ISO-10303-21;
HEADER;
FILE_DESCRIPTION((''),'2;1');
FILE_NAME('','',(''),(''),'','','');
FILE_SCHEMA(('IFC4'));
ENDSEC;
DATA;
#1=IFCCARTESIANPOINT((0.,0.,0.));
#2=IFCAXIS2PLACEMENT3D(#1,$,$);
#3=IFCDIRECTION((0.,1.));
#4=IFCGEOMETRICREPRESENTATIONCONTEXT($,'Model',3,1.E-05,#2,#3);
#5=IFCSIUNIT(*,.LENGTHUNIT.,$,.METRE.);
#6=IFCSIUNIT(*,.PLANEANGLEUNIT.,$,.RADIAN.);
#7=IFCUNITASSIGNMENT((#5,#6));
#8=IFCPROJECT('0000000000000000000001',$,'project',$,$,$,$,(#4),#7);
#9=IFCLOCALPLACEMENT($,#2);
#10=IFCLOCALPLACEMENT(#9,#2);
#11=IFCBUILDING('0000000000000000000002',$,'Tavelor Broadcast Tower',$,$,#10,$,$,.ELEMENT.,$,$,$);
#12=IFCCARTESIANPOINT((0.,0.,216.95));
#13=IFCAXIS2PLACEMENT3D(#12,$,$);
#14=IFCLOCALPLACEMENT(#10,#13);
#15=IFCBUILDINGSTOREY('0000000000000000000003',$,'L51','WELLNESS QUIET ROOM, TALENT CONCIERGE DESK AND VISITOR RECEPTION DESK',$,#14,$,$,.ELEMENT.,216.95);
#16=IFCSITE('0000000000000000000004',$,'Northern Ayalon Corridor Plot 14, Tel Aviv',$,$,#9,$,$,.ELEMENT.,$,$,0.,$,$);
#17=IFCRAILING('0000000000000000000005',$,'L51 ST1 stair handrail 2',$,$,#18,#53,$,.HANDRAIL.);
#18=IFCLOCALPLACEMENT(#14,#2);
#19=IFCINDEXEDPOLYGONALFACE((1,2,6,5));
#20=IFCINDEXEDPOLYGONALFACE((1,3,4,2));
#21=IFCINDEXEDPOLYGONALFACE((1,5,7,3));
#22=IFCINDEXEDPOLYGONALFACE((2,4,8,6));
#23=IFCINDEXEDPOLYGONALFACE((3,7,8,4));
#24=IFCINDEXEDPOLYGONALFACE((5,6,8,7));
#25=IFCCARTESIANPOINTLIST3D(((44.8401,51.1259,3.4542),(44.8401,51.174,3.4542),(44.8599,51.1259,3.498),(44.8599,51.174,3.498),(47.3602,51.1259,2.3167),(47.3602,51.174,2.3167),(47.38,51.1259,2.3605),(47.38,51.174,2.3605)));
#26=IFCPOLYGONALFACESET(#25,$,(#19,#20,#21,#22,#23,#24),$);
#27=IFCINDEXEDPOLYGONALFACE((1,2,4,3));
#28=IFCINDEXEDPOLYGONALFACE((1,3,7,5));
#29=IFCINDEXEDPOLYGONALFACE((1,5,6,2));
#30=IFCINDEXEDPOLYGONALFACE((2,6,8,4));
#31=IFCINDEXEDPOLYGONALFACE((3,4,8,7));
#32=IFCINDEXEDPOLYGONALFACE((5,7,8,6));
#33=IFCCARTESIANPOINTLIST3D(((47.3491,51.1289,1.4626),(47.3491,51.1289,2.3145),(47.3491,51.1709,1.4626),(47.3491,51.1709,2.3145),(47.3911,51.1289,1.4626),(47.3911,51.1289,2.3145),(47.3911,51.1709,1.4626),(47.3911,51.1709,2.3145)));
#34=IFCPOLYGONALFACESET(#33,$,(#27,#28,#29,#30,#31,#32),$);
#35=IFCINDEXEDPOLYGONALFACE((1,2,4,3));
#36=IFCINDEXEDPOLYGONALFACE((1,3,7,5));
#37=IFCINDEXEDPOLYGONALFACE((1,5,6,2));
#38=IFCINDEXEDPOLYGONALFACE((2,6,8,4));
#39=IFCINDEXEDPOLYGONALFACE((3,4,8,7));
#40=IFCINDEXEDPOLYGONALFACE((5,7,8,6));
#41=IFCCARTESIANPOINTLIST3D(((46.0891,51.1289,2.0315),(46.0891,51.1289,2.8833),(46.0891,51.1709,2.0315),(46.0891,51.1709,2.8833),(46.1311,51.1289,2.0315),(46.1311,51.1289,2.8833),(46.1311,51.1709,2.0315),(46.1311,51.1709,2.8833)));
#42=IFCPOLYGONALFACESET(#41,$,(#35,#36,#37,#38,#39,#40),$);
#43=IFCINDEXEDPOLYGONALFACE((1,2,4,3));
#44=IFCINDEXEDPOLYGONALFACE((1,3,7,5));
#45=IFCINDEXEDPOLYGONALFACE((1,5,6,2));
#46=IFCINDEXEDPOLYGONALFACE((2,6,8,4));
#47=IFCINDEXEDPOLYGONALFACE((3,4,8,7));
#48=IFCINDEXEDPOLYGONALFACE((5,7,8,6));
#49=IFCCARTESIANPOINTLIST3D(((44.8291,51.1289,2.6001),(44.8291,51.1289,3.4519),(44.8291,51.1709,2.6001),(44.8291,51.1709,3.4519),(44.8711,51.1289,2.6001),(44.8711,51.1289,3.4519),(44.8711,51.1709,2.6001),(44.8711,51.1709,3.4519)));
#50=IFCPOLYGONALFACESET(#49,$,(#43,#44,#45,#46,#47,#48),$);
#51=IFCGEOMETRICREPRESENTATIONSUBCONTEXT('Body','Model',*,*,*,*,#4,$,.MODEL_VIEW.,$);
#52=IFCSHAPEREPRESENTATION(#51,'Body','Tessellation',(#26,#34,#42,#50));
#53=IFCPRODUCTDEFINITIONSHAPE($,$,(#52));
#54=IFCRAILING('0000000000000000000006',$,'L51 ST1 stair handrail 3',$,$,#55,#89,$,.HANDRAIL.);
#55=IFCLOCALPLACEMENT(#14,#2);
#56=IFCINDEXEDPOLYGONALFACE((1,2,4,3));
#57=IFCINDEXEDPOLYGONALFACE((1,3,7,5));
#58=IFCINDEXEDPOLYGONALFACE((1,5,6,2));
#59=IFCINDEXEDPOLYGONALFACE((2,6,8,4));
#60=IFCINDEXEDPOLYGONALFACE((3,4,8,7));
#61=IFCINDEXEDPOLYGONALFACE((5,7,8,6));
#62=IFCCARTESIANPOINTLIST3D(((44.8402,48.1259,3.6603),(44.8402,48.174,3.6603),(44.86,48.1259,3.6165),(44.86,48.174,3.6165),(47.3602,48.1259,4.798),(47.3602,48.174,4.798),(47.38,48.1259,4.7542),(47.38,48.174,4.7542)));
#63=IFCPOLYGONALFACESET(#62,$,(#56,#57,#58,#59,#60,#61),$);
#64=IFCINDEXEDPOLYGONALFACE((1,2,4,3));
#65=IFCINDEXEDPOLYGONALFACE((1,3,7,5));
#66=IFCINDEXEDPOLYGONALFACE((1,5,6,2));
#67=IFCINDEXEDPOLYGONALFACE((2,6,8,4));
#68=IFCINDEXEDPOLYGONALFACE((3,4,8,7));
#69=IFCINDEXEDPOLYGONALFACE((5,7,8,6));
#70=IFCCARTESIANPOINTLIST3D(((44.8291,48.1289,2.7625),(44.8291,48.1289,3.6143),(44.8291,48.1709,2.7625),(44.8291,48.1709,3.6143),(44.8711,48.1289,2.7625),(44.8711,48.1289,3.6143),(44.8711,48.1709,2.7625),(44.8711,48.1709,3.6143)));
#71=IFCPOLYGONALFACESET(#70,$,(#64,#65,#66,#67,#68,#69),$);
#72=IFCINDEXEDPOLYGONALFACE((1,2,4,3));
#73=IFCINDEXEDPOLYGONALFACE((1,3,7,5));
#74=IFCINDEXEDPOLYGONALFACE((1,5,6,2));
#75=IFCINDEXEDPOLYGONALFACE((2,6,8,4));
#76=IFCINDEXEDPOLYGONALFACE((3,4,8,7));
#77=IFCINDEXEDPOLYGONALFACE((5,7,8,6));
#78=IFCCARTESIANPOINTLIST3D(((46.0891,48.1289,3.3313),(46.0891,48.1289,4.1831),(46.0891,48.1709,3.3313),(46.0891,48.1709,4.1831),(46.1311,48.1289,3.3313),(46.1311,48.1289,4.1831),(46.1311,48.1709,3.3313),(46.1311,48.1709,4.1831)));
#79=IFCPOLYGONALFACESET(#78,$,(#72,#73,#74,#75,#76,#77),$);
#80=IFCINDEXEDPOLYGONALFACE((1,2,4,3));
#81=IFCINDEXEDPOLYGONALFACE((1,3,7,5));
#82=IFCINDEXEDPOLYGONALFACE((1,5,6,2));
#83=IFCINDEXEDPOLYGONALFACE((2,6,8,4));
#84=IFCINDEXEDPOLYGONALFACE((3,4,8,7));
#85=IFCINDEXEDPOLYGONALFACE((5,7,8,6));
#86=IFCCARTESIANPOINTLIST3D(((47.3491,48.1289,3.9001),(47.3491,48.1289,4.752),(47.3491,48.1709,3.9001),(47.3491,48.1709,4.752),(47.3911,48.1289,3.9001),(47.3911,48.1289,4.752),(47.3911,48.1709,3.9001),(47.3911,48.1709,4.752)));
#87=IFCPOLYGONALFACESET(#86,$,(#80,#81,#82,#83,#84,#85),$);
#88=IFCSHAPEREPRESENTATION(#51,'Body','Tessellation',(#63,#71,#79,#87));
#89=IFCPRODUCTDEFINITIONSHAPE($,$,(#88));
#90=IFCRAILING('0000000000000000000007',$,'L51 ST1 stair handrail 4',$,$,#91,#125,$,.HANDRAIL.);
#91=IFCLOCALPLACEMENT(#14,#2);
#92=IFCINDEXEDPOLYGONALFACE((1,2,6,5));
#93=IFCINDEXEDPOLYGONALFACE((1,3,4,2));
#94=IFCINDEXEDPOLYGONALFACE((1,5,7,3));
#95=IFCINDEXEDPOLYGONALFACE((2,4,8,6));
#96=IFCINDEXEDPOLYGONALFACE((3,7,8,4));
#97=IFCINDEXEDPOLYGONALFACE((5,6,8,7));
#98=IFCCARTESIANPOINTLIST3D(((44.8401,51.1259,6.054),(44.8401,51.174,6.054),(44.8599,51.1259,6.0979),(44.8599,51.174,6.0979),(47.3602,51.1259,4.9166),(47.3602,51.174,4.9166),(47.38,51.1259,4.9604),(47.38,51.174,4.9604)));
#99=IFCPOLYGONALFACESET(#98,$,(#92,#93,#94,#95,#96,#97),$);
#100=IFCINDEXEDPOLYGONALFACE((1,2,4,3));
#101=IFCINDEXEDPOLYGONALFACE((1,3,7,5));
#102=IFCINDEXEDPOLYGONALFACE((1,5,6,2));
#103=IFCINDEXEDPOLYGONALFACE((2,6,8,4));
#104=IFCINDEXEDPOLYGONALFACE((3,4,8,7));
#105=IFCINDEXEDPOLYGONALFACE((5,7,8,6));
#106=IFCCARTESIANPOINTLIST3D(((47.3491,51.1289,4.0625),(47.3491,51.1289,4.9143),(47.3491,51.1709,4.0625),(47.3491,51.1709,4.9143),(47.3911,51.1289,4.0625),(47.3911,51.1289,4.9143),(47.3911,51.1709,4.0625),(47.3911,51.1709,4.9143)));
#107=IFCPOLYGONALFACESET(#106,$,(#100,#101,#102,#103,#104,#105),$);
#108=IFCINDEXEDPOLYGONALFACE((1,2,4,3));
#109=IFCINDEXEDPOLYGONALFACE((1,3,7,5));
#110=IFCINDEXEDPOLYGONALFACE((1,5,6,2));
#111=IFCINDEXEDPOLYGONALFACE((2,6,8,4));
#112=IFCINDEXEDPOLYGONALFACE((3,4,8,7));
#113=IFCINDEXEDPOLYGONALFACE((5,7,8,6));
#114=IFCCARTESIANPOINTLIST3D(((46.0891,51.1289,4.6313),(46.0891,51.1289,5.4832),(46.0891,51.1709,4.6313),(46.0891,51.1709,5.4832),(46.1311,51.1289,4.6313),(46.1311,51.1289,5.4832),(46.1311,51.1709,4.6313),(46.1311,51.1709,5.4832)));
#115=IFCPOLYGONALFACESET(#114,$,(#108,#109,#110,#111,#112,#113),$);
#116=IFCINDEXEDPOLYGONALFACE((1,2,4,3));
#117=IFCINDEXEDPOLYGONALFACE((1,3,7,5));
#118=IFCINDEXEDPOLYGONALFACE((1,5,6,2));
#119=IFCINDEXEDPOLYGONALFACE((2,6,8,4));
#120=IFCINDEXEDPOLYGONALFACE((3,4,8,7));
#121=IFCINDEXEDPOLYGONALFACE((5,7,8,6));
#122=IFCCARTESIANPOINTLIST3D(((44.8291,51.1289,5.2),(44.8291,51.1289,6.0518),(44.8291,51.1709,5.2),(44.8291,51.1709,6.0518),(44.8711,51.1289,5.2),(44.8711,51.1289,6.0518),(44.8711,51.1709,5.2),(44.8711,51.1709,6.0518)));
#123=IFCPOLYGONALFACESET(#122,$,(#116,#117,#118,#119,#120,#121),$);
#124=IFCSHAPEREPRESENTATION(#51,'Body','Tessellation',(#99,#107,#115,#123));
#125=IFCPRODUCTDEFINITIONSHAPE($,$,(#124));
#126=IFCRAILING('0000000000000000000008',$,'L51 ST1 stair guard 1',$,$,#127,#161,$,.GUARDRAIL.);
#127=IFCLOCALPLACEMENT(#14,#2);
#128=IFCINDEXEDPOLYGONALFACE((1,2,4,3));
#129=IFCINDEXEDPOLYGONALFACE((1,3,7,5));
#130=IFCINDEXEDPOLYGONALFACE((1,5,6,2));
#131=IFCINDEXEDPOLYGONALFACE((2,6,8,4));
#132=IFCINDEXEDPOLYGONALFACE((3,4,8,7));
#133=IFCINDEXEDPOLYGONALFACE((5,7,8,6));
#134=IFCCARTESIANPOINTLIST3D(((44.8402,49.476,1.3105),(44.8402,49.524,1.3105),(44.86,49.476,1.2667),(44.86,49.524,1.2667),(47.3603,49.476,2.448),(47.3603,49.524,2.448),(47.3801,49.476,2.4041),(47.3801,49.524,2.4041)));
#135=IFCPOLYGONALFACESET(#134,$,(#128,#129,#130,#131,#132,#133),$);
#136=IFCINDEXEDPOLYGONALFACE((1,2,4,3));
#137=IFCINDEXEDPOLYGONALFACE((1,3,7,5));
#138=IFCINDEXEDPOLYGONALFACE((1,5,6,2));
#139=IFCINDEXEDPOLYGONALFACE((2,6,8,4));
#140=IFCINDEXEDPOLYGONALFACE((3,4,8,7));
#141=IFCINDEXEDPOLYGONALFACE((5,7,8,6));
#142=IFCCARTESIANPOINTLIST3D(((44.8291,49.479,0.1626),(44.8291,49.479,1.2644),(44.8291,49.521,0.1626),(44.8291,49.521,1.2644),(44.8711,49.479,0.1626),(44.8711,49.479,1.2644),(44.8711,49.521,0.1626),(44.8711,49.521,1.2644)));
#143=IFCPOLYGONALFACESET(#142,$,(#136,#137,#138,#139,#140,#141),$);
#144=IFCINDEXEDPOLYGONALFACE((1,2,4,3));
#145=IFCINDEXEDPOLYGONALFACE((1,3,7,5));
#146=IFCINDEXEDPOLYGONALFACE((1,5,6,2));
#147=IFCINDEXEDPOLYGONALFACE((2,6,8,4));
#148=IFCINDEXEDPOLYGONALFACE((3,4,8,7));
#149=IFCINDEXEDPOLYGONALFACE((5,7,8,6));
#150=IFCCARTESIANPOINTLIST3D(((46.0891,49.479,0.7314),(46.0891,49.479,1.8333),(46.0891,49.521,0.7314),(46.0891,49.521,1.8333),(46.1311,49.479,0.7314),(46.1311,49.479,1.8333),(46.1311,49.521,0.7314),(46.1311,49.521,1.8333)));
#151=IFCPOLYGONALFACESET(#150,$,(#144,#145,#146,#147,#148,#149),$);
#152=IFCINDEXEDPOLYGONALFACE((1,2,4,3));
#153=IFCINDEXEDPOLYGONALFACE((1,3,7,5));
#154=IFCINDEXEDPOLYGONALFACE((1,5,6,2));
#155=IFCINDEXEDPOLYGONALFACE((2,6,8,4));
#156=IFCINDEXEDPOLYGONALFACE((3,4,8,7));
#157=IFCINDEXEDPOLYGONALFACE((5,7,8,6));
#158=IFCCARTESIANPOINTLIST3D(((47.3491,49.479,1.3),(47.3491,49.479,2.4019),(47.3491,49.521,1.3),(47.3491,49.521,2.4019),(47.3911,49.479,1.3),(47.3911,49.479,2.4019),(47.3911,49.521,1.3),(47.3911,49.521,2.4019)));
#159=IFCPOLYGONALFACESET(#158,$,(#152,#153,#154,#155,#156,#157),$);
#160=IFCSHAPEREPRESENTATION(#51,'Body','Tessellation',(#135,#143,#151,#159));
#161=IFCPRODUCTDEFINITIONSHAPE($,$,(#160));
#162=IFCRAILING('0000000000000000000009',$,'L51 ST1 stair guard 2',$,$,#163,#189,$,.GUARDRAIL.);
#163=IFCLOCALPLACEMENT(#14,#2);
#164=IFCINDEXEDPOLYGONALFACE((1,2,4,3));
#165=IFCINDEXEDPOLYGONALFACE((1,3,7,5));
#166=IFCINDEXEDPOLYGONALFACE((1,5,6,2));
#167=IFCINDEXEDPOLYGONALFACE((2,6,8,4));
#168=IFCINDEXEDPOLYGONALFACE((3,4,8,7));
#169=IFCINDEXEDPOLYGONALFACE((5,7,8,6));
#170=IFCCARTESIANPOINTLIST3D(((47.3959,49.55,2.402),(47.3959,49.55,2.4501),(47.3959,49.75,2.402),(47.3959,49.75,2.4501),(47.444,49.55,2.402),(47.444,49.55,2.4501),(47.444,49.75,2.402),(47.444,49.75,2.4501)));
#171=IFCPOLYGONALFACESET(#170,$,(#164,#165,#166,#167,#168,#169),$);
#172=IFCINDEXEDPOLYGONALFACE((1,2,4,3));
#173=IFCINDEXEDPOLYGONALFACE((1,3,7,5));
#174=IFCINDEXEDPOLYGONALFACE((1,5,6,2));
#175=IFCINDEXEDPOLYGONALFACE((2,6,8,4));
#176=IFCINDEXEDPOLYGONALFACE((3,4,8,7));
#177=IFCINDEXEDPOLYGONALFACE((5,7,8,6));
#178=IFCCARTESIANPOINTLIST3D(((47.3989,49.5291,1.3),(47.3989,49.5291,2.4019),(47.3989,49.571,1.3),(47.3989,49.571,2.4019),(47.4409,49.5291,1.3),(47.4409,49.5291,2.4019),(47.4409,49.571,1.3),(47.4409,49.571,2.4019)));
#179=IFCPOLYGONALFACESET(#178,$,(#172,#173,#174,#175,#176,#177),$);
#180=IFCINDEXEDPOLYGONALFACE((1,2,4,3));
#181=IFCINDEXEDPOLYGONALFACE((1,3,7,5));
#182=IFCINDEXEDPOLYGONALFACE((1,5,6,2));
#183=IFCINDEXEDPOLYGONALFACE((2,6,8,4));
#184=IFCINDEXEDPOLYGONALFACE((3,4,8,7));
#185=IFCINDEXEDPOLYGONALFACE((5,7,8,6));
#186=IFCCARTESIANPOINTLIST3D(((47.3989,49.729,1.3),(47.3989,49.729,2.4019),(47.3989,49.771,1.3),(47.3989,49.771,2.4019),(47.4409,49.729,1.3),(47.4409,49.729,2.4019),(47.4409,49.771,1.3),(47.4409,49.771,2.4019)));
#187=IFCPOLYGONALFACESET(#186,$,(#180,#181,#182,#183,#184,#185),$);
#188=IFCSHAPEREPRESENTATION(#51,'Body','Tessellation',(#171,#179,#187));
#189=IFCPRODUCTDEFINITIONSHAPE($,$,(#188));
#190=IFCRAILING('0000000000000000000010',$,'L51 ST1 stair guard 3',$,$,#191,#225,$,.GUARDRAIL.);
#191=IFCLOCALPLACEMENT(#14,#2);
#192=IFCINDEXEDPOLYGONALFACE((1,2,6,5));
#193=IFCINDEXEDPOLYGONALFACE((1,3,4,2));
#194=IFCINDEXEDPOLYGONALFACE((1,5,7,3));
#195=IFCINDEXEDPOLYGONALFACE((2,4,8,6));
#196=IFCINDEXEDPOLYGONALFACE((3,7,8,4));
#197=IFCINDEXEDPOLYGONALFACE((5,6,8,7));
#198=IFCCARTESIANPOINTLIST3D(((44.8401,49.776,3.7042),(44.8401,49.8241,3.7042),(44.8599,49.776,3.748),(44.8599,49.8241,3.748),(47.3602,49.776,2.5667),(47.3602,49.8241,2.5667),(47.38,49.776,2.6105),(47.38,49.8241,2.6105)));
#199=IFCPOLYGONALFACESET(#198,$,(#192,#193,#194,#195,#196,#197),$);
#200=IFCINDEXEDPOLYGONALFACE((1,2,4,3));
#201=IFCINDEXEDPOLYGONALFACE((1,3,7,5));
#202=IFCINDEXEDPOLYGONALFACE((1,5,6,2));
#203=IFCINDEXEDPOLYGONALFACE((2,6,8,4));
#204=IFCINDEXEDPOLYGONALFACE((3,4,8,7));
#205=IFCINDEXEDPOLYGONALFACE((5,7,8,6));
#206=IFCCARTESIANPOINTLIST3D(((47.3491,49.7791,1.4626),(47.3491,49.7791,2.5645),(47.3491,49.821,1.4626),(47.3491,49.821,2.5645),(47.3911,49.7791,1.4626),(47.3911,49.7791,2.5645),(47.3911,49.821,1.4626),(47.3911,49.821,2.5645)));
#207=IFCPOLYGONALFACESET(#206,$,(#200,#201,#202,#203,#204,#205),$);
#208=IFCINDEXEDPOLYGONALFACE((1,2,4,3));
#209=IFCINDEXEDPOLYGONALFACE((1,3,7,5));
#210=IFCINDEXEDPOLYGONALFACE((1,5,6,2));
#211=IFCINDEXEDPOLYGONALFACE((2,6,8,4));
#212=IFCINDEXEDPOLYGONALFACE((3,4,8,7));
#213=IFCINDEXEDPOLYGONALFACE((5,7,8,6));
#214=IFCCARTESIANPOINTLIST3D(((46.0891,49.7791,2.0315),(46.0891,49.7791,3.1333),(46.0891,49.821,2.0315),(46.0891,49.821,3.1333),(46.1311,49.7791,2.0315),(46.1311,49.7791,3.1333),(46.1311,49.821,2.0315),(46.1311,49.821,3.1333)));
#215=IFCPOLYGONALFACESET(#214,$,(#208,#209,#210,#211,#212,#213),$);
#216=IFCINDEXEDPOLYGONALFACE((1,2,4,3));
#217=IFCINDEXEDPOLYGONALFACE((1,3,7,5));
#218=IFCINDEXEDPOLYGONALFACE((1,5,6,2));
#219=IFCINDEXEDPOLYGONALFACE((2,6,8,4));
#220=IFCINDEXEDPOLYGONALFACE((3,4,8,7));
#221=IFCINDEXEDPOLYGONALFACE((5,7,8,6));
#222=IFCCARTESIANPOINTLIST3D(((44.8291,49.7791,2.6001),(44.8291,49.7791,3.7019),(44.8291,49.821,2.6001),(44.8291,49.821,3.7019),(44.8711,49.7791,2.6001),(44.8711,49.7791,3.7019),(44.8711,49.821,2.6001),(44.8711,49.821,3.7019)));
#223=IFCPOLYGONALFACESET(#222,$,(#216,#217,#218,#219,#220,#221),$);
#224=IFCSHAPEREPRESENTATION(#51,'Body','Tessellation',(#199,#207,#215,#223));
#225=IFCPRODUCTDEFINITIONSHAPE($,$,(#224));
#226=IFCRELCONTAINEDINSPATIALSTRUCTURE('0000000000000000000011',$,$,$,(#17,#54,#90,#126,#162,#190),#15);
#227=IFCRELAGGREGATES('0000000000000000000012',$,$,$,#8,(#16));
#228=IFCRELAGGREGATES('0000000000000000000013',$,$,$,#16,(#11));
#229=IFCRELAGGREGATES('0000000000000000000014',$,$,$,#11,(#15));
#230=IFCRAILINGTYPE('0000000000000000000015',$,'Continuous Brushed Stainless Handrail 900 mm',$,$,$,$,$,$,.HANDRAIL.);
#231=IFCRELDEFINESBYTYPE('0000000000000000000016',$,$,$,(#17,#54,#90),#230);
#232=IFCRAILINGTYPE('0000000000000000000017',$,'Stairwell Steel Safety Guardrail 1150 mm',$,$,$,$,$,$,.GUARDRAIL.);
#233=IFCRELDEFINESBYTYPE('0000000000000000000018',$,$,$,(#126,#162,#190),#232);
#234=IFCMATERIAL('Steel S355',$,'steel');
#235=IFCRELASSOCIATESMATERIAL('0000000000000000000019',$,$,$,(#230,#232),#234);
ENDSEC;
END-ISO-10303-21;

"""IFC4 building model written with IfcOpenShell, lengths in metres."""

from ifc_helpers import new_model, si_unit, direction, frame, origin, origin_2d, place, context, subcontext, project, spatial, rectangle, extrude, material, type_object, element, save


model = new_model("IFC4")

# Units and contexts
model_context = context("Model", 3, precision=1e-05, world=origin(), true_north=direction((0.0, 1.0)))
body_context = subcontext(model_context, "Body", "Model", "MODEL_VIEW")
ifc_project = project(units=[si_unit("LENGTHUNIT", "METRE"), si_unit("PLANEANGLEUNIT", "RADIAN")], contexts=[model_context])

# Site, building, storey
site_placement = place(None, origin())
site = spatial("IfcSite", under=ifc_project, at=site_placement, Name="Northern Ayalon Corridor Plot 14, Tel Aviv", CompositionType="ELEMENT", RefElevation=0.0)
building_placement = place(site_placement, origin())
building = spatial("IfcBuilding", under=site, at=building_placement, Name="Tavelor Broadcast Tower", CompositionType="ELEMENT")
storey_placement = place(building_placement, frame((0.0, 0.0, 216.95)))
storey = spatial("IfcBuildingStorey", under=building, at=storey_placement, Name="L51", Description="WELLNESS QUIET ROOM, TALENT CONCIERGE DESK AND VISITOR RECEPTION DESK", CompositionType="ELEMENT", Elevation=216.95)

# Shared definitions
ifc_material_1 = material(Name="Steel S355", Category="steel")

# Railings
railing_type_1 = type_object("IfcRailingType", Name="Continuous Brushed Stainless Handrail 900 mm", PredefinedType="HANDRAIL", material=ifc_material_1)
railing_1_placement = place(storey_placement, frame((47.3701, 51.1499, 1.4626)))
element("IfcRailing", 1, at=railing_1_placement, inside=storey, type_object=railing_type_1, Name="L51 ST1 stair handrail 2", PredefinedType="HANDRAIL", context=body_context, shape_type="SweptSolid", body=[
    extrude(rectangle(XDim=0.0481, YDim=0.0481, at=origin_2d()), frame((0.0, 0.0, 0.876), z_axis=(-0.911455, 0.0, 0.4114), x_axis=(0.0, -1.0, 0.0)), (0.0, 0.0, 1.0), 2.7649),
    extrude(rectangle(XDim=0.042, YDim=0.042, at=origin_2d()), origin(), (0.0, 0.0, 1.0), 0.8518),
    extrude(rectangle(XDim=0.042, YDim=0.042, at=origin_2d()), frame((-1.26, 0.0, 0.5688)), (0.0, 0.0, 1.0), 0.8518),
    extrude(rectangle(XDim=0.042, YDim=0.042, at=origin_2d()), frame((-2.52, 0.0, 1.1375)), (0.0, 0.0, 1.0), 0.8518),
])
railing_2_placement = place(storey_placement, frame((44.8501, 48.1499, 2.7625)))
element("IfcRailing", 2, at=railing_2_placement, inside=storey, type_object=railing_type_1, Name="L51 ST1 stair handrail 3", PredefinedType="HANDRAIL", context=body_context, shape_type="SweptSolid", body=[
    extrude(rectangle(XDim=0.0481, YDim=0.0481, at=origin_2d()), frame((0.0, 0.0, 0.876), z_axis=(0.911422, 0.0, 0.411473), x_axis=(0.0, 1.0, 0.0)), (0.0, 0.0, 1.0), 2.7649),
    extrude(rectangle(XDim=0.042, YDim=0.042, at=origin_2d()), origin(), (0.0, 0.0, 1.0), 0.8518),
    extrude(rectangle(XDim=0.042, YDim=0.042, at=origin_2d()), frame((1.26, 0.0, 0.5688)), (0.0, 0.0, 1.0), 0.8518),
    extrude(rectangle(XDim=0.042, YDim=0.042, at=origin_2d()), frame((2.52, 0.0, 1.1377)), (0.0, 0.0, 1.0), 0.8518),
])
railing_3_placement = place(storey_placement, frame((47.3701, 51.1499, 4.0625)))
element("IfcRailing", 3, at=railing_3_placement, inside=storey, type_object=railing_type_1, Name="L51 ST1 stair handrail 4", PredefinedType="HANDRAIL", context=body_context, shape_type="SweptSolid", body=[
    extrude(rectangle(XDim=0.0481, YDim=0.0481, at=origin_2d()), frame((0.0, 0.0, 0.876), z_axis=(-0.911455, 0.0, 0.4114), x_axis=(0.0, -1.0, 0.0)), (0.0, 0.0, 1.0), 2.7649),
    extrude(rectangle(XDim=0.042, YDim=0.042, at=origin_2d()), origin(), (0.0, 0.0, 1.0), 0.8518),
    extrude(rectangle(XDim=0.042, YDim=0.042, at=origin_2d()), frame((-1.26, 0.0, 0.5688)), (0.0, 0.0, 1.0), 0.8518),
    extrude(rectangle(XDim=0.042, YDim=0.042, at=origin_2d()), frame((-2.52, 0.0, 1.1375)), (0.0, 0.0, 1.0), 0.8518),
])
railing_type_2 = type_object("IfcRailingType", Name="Stairwell Steel Safety Guardrail 1150 mm", PredefinedType="GUARDRAIL", material=ifc_material_1)
railing_4_placement = place(storey_placement, frame((44.8501, 49.5, 0.1626)))
element("IfcRailing", 4, at=railing_4_placement, inside=storey, type_object=railing_type_2, Name="L51 ST1 stair guard 1", PredefinedType="GUARDRAIL", context=body_context, shape_type="SweptSolid", body=[
    extrude(rectangle(XDim=0.0481, YDim=0.0481, at=origin_2d()), frame((0.0, 0.0, 1.126), z_axis=(0.911455, 0.0, 0.4114), x_axis=(0.0, 1.0, 0.0)), (0.0, 0.0, 1.0), 2.7649),
    extrude(rectangle(XDim=0.042, YDim=0.042, at=origin_2d()), origin(), (0.0, 0.0, 1.0), 1.1018),
    extrude(rectangle(XDim=0.042, YDim=0.042, at=origin_2d()), frame((1.26, 0.0, 0.5688)), (0.0, 0.0, 1.0), 1.1018),
    extrude(rectangle(XDim=0.042, YDim=0.042, at=origin_2d()), frame((2.52, 0.0, 1.1375)), (0.0, 0.0, 1.0), 1.1018),
])
railing_5_placement = place(storey_placement, frame((47.4199, 49.55, 1.3)))
element("IfcRailing", 5, at=railing_5_placement, inside=storey, type_object=railing_type_2, Name="L51 ST1 stair guard 2", PredefinedType="GUARDRAIL", context=body_context, shape_type="SweptSolid", body=[
    extrude(rectangle(XDim=0.0481, YDim=0.0481, at=origin_2d()), frame((0.0, 0.0, 1.126), z_axis=(0.0, 1.0, 0.0), x_axis=(-1.0, 0.0, 0.0)), (0.0, 0.0, 1.0), 0.2),
    extrude(rectangle(XDim=0.042, YDim=0.042, at=origin_2d()), origin(), (0.0, 0.0, 1.0), 1.1018),
    extrude(rectangle(XDim=0.042, YDim=0.042, at=origin_2d()), frame((0.0, 0.2, 0.0)), (0.0, 0.0, 1.0), 1.1018),
])
railing_6_placement = place(storey_placement, frame((47.3701, 49.8, 1.4626)))
element("IfcRailing", 6, at=railing_6_placement, inside=storey, type_object=railing_type_2, Name="L51 ST1 stair guard 3", PredefinedType="GUARDRAIL", context=body_context, shape_type="SweptSolid", body=[
    extrude(rectangle(XDim=0.0481, YDim=0.0481, at=origin_2d()), frame((0.0, 0.0, 1.126), z_axis=(-0.911455, 0.0, 0.4114), x_axis=(0.0, -1.0, 0.0)), (0.0, 0.0, 1.0), 2.7649),
    extrude(rectangle(XDim=0.042, YDim=0.042, at=origin_2d()), origin(), (0.0, 0.0, 1.0), 1.1018),
    extrude(rectangle(XDim=0.042, YDim=0.042, at=origin_2d()), frame((-1.26, 0.0, 0.5688)), (0.0, 0.0, 1.0), 1.1018),
    extrude(rectangle(XDim=0.042, YDim=0.042, at=origin_2d()), frame((-2.52, 0.0, 1.1375)), (0.0, 0.0, 1.0), 1.1018),
])

save(model, "model.ifc")
